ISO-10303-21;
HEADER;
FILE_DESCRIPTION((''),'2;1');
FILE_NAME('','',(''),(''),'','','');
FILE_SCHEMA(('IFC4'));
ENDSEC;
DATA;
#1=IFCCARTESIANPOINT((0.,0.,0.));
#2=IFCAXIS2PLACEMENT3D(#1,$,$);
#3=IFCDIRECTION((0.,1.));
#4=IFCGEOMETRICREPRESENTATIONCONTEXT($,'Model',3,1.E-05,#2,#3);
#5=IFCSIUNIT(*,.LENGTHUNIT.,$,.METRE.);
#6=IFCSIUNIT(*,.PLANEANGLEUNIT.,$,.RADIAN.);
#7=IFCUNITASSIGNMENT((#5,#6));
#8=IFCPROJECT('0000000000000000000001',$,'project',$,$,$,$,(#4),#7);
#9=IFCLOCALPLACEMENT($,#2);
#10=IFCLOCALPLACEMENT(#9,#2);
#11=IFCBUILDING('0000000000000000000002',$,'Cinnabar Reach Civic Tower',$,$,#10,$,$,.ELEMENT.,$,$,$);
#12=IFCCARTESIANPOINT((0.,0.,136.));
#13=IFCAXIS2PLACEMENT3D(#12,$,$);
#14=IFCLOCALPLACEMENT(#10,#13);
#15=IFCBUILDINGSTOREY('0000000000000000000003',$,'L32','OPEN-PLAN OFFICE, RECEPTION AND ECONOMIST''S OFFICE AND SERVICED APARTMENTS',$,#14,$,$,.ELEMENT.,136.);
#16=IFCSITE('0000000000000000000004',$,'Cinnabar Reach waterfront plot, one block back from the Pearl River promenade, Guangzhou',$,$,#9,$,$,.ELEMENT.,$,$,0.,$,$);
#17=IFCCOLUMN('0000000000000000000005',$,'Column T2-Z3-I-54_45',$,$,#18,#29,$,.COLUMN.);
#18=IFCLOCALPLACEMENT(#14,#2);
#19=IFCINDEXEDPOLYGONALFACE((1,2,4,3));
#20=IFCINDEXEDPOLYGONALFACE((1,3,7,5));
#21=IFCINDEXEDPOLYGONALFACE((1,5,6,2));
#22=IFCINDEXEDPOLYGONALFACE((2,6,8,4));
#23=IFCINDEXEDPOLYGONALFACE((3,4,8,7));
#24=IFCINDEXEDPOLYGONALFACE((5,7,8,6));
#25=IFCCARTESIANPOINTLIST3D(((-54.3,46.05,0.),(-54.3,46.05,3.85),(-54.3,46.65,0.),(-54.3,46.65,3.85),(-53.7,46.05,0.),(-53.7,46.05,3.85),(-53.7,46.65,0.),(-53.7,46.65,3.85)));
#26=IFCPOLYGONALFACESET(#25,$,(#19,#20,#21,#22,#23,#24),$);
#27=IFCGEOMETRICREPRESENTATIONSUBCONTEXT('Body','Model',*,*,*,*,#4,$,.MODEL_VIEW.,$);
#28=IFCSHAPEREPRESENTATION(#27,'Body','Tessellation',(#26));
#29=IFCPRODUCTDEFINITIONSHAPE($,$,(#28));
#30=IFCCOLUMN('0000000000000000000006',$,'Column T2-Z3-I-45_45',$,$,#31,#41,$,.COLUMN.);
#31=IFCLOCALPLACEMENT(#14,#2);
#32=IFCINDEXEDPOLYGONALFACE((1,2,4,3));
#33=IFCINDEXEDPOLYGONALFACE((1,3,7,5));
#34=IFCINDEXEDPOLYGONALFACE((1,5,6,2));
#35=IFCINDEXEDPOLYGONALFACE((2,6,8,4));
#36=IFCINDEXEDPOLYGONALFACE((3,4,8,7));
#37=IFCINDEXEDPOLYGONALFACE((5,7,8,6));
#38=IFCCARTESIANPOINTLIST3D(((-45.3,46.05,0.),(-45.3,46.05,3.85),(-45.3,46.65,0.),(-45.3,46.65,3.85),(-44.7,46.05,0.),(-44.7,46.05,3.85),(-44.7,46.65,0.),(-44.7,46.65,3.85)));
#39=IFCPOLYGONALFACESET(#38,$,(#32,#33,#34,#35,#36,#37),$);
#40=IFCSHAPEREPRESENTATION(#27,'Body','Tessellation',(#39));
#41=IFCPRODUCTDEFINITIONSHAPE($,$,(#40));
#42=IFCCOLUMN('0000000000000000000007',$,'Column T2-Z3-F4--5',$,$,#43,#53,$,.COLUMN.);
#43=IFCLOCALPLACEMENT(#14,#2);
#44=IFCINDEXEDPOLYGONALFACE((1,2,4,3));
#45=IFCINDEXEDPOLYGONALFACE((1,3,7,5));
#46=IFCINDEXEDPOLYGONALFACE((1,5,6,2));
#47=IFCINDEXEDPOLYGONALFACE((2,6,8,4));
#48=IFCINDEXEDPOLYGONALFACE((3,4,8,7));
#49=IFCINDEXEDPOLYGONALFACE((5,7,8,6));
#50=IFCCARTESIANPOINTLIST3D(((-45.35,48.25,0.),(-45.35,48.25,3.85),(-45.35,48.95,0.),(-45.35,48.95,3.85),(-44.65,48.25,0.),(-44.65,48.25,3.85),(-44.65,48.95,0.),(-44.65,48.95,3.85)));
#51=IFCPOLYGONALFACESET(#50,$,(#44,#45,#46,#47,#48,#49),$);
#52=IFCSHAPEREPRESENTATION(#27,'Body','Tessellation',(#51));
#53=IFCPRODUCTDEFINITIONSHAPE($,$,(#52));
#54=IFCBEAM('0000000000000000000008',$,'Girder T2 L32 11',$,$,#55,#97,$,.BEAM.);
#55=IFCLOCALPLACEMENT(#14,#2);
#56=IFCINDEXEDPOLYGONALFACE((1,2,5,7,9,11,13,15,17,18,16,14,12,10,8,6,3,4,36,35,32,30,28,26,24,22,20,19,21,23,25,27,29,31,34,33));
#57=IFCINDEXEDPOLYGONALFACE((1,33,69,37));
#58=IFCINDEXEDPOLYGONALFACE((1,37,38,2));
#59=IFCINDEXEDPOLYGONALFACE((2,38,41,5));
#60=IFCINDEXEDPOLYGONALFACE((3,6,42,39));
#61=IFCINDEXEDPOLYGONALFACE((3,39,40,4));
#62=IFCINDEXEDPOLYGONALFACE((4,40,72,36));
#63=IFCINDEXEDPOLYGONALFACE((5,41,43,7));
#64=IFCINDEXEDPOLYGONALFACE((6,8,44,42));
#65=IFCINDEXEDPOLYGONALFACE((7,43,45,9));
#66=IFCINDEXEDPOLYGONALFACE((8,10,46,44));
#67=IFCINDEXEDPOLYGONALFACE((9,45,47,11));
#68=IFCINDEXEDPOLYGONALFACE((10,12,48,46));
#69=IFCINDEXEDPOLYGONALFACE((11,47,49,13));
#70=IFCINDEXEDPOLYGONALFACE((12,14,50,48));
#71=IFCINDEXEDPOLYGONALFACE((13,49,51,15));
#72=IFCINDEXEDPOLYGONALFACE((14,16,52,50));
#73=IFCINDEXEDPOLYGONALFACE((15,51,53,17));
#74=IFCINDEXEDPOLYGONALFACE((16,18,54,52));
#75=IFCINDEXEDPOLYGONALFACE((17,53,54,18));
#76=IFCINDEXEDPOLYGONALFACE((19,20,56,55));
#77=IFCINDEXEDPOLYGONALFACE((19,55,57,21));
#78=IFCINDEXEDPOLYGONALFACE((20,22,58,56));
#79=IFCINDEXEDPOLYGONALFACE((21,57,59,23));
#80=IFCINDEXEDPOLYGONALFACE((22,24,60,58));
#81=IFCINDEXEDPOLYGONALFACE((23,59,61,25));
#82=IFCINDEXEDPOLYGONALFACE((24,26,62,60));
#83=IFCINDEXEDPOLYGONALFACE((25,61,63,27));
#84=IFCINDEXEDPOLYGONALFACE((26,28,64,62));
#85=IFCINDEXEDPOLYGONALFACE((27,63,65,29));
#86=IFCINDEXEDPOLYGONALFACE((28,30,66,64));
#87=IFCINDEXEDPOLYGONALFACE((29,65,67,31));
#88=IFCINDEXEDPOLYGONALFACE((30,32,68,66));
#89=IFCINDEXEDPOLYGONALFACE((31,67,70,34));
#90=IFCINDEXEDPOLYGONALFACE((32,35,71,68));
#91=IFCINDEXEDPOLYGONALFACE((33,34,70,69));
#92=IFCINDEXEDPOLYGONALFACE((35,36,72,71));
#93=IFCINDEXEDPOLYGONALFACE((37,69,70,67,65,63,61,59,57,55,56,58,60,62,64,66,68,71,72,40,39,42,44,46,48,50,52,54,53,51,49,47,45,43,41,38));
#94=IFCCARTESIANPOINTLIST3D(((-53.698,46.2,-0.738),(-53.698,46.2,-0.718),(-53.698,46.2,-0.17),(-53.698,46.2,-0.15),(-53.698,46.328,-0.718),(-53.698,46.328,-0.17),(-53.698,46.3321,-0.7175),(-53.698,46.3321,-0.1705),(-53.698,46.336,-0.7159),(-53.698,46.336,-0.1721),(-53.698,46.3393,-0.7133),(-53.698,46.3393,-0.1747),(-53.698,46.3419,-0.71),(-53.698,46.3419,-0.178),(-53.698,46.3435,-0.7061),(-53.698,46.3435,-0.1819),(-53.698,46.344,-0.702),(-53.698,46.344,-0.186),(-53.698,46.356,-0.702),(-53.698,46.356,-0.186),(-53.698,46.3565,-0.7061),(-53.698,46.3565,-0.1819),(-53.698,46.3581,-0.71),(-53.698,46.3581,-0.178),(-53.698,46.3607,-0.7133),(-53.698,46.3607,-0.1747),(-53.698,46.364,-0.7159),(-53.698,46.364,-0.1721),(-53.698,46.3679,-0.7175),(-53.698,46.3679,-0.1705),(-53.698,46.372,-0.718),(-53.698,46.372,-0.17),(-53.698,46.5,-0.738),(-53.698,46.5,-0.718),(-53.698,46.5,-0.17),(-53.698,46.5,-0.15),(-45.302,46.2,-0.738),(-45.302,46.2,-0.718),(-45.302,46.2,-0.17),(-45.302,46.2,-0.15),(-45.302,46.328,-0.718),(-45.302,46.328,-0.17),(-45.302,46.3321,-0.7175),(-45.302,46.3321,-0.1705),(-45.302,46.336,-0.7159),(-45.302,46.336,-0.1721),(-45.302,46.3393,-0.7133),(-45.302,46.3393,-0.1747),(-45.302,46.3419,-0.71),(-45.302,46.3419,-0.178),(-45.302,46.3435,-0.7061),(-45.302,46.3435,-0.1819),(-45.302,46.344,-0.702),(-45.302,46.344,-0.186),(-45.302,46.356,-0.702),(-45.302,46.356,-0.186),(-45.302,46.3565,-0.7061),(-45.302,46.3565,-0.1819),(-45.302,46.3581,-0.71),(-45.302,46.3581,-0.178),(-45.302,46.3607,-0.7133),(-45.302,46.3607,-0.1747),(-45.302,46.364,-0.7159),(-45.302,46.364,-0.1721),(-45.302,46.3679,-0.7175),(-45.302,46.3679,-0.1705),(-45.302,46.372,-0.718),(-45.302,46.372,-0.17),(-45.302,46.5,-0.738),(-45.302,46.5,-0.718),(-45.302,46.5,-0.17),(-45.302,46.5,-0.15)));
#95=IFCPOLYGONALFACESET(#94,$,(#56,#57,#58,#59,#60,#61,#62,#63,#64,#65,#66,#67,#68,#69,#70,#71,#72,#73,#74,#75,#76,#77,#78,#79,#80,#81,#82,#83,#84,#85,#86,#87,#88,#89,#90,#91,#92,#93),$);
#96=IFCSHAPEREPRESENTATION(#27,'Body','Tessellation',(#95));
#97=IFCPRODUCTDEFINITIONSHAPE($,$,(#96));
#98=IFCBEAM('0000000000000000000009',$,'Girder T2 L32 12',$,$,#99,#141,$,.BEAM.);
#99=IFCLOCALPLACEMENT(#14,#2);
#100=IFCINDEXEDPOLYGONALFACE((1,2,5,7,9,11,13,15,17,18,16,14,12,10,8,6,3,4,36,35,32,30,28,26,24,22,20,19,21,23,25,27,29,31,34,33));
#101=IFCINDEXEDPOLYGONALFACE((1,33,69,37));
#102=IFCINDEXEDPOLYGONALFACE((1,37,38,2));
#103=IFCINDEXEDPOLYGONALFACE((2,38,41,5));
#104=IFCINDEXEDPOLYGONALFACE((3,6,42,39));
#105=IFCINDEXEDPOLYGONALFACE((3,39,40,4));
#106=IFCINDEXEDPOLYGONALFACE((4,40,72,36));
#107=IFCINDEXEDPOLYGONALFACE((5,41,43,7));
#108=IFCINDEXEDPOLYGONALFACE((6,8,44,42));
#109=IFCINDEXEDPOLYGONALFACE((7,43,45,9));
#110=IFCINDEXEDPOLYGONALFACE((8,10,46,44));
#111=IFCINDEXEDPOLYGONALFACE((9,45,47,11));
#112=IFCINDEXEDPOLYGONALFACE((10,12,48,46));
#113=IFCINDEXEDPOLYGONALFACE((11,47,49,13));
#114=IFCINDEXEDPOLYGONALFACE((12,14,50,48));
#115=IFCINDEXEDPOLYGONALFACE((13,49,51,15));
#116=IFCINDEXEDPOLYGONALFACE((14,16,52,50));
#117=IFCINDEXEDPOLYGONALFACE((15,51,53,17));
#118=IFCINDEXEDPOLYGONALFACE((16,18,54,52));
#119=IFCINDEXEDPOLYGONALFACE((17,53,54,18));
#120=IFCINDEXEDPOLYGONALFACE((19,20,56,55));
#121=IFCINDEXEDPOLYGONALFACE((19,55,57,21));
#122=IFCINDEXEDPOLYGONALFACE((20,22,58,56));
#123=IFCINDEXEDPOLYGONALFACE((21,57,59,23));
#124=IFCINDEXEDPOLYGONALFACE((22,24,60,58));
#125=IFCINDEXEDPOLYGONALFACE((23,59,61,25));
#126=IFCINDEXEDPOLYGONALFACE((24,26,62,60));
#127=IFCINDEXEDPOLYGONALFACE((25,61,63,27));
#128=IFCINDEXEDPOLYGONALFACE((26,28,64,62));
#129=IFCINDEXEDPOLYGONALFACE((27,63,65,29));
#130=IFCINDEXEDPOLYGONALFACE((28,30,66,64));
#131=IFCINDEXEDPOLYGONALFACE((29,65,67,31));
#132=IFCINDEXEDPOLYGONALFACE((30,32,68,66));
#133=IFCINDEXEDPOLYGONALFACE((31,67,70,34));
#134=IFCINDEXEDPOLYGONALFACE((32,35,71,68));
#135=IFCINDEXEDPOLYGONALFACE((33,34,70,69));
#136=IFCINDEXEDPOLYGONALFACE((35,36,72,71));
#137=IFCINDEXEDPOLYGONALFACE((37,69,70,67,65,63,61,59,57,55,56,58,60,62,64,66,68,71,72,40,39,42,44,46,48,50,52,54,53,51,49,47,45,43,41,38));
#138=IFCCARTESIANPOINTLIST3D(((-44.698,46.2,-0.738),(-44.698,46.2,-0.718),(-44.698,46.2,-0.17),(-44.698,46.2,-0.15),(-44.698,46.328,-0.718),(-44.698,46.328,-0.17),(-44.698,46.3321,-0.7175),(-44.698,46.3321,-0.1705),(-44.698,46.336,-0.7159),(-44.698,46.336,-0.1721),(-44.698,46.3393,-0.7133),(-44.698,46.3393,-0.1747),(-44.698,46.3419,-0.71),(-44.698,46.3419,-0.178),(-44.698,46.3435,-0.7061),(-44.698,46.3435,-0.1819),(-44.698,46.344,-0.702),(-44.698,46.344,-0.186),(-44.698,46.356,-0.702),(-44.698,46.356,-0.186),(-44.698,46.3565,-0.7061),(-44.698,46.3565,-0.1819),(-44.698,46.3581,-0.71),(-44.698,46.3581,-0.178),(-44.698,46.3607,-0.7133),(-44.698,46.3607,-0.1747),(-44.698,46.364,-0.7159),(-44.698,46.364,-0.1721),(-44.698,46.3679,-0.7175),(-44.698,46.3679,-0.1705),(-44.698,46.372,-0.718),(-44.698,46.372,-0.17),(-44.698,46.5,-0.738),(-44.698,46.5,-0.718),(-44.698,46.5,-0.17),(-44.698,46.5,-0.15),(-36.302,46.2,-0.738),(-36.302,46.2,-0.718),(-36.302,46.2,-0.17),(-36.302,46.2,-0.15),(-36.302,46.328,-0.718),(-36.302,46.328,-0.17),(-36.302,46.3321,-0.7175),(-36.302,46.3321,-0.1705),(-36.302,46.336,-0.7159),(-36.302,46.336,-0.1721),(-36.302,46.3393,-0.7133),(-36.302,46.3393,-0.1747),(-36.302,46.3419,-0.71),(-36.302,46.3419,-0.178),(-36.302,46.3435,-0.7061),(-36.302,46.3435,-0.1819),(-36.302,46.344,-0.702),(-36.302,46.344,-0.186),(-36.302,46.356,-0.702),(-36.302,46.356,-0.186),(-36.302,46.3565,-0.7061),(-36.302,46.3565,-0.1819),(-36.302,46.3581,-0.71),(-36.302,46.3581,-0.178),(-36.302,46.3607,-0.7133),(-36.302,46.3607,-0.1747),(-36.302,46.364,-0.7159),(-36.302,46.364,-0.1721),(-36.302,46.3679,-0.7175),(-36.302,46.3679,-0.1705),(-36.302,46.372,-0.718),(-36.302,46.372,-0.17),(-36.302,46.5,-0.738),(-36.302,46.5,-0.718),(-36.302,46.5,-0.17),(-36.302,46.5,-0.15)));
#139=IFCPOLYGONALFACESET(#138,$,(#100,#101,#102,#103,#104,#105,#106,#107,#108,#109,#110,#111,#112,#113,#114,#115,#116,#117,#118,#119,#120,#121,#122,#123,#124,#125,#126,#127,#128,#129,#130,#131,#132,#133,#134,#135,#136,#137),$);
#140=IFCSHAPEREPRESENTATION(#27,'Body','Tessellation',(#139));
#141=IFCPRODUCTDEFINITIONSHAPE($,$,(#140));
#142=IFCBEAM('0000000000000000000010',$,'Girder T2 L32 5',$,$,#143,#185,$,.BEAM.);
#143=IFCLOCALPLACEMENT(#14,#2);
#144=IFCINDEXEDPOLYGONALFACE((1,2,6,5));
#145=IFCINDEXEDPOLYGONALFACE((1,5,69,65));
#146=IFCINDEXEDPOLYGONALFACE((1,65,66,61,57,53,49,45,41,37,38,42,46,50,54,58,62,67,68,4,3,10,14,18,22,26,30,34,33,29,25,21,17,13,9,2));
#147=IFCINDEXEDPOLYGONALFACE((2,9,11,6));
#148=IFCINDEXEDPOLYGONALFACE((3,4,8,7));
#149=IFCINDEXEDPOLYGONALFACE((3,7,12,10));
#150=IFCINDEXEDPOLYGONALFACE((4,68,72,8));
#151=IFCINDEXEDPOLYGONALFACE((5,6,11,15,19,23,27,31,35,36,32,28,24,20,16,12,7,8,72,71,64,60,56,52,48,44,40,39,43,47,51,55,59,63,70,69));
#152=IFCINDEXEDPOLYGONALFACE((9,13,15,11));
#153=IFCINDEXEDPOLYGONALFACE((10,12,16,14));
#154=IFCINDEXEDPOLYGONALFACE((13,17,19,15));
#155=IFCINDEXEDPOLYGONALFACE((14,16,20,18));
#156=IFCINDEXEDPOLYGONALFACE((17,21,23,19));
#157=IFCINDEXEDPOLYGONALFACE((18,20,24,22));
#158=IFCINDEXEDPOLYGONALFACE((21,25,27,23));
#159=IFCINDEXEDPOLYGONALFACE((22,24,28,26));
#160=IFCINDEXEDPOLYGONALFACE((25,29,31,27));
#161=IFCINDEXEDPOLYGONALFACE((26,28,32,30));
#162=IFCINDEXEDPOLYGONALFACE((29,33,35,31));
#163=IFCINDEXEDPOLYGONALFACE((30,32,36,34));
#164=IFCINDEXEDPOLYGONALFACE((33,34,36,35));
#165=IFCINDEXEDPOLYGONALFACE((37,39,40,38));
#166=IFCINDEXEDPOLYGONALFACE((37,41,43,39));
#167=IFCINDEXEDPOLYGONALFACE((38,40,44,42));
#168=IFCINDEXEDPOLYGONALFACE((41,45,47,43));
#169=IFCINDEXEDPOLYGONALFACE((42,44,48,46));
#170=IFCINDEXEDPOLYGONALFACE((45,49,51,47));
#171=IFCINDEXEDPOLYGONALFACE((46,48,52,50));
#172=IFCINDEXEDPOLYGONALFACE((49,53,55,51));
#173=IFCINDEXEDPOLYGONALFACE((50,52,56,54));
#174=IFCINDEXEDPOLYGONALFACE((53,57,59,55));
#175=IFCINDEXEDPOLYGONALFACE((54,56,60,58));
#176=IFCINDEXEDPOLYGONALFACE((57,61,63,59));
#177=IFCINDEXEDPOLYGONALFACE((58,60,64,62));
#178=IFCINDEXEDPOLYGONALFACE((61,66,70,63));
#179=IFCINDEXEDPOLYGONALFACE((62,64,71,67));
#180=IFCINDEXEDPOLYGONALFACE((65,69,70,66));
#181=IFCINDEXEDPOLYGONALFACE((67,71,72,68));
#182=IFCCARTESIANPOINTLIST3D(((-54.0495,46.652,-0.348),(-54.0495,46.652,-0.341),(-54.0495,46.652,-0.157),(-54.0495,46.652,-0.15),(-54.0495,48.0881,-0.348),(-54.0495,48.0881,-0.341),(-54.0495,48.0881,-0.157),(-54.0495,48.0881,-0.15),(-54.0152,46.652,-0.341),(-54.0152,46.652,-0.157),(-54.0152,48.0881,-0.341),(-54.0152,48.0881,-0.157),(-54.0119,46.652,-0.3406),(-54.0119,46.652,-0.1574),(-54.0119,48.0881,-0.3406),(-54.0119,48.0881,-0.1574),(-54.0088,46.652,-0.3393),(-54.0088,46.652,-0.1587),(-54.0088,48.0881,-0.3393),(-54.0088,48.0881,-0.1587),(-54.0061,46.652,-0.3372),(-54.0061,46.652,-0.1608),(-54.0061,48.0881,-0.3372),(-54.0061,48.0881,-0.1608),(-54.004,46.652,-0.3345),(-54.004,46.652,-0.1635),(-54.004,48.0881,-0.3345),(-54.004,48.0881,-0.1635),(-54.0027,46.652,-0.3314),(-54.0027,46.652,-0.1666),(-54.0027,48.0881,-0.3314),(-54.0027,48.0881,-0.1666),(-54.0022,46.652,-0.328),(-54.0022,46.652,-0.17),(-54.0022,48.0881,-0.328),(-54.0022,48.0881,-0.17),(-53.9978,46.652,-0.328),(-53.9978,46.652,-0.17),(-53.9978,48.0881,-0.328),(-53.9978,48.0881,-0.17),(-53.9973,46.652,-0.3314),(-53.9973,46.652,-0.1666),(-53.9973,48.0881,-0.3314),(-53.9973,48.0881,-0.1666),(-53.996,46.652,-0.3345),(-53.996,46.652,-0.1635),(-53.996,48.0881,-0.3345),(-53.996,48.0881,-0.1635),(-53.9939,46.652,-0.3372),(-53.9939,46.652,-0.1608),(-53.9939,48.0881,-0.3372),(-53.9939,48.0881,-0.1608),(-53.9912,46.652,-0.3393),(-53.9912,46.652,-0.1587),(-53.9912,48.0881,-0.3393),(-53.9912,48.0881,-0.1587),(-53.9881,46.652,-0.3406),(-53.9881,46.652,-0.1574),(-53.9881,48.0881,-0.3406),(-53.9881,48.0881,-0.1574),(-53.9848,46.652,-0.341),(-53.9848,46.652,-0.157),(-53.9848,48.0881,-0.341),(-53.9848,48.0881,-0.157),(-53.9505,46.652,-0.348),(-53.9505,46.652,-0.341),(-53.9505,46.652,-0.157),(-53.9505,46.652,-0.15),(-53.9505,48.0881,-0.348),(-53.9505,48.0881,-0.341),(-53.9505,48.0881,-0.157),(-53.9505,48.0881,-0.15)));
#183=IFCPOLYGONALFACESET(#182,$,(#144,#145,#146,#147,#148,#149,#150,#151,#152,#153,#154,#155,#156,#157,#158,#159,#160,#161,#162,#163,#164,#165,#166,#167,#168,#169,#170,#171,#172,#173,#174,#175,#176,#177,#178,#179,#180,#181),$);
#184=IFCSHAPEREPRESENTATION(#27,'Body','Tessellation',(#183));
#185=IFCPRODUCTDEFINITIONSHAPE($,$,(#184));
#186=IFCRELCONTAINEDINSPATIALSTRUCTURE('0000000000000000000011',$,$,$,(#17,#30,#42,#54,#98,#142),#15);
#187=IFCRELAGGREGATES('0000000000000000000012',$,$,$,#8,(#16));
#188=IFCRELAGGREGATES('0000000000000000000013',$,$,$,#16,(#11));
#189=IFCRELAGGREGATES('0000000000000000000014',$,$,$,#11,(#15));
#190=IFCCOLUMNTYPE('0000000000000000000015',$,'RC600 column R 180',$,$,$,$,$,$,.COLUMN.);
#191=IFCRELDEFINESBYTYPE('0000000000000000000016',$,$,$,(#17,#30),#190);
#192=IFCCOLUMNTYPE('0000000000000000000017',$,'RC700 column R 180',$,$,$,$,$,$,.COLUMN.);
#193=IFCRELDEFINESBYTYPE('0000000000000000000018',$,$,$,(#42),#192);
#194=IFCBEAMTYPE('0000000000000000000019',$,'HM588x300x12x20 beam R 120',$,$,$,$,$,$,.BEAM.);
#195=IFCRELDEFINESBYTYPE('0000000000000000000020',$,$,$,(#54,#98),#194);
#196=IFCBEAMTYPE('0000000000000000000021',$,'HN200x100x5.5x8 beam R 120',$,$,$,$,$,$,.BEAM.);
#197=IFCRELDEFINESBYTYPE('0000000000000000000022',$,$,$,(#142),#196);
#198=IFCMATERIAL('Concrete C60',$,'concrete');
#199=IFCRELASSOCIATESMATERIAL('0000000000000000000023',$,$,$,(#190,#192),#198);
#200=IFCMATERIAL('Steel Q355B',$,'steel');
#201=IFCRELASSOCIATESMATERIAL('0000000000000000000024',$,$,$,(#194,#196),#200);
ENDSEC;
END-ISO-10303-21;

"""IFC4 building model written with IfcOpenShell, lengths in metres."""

from ifc_helpers import new_model, si_unit, direction, frame, origin, origin_2d, place, context, subcontext, project, spatial, rectangle, i_section, extrude, material, material_profile, profile_set, type_object, element, save


model = new_model("IFC4")

# Units and contexts
model_context = context("Model", 3, precision=1e-05, world=origin(), true_north=direction((0.0, 1.0)))
body_context = subcontext(model_context, "Body", "Model", "MODEL_VIEW")
ifc_project = project(units=[si_unit("LENGTHUNIT", "METRE"), si_unit("PLANEANGLEUNIT", "RADIAN")], contexts=[model_context])

# Site, building, storey
site_placement = place(None, origin())
site = spatial("IfcSite", under=ifc_project, at=site_placement, Name="Cinnabar Reach waterfront plot, one block back from the Pearl River promenade, Guangzhou", CompositionType="ELEMENT", RefElevation=0.0)
building_placement = place(site_placement, origin())
building = spatial("IfcBuilding", under=site, at=building_placement, Name="Cinnabar Reach Civic Tower", CompositionType="ELEMENT")
storey_placement = place(building_placement, frame((0.0, 0.0, 136.0)))
storey = spatial("IfcBuildingStorey", under=building, at=storey_placement, Name="L32", Description="OPEN-PLAN OFFICE, RECEPTION AND ECONOMIST'S OFFICE AND SERVICED APARTMENTS", CompositionType="ELEMENT", Elevation=136.0)

# Columns
ifc_material_1 = material(Name="Concrete C60", Category="concrete")
ifc_material_profile_1 = material_profile(ifc_material_1, rectangle(XDim=0.6, YDim=0.6, at=origin_2d()), Name="RC600")
ifc_profile_set_1 = profile_set([ifc_material_profile_1], Name="Concrete C60")
column_type_1 = type_object("IfcColumnType", Name="RC600 column R 180", PredefinedType="COLUMN", material=ifc_profile_set_1)
for number, where, z_axis, x_axis, name in (
    (1, (-54.0, 46.35, 0.0), (0.0, 0.0, 1.0), (1.0, 0.0, 0.0), "Column T2-Z3-I-54_45"),
    (2, (-45.0, 46.35, 0.0), (0.0, 0.0, 1.0), (1.0, 0.0, 0.0), "Column T2-Z3-I-45_45"),
):
    element("IfcColumn", number, at=place(storey_placement, frame(where, z_axis=z_axis, x_axis=x_axis)), inside=storey, type_object=column_type_1, Name=name, PredefinedType="COLUMN", context=body_context, shape_type="SweptSolid", body=[
        extrude(rectangle(XDim=0.6, YDim=0.6, at=origin_2d()), origin(), (0.0, 0.0, 1.0), 3.85),
    ])
ifc_material_profile_2 = material_profile(ifc_material_1, rectangle(XDim=0.7, YDim=0.7, at=origin_2d()), Name="RC700")
ifc_profile_set_2 = profile_set([ifc_material_profile_2], Name="Concrete C60")
column_type_2 = type_object("IfcColumnType", Name="RC700 column R 180", PredefinedType="COLUMN", material=ifc_profile_set_2)
column_placement = place(storey_placement, frame((-45.0, 48.6, 0.0), z_axis=(0.0, 0.0, 1.0), x_axis=(1.0, 0.0, 0.0)))
element("IfcColumn", 3, at=column_placement, inside=storey, type_object=column_type_2, Name="Column T2-Z3-F4--5", PredefinedType="COLUMN", context=body_context, shape_type="SweptSolid", body=[
    extrude(rectangle(XDim=0.7, YDim=0.7, at=origin_2d()), origin(), (0.0, 0.0, 1.0), 3.85),
])

# Beams
ifc_material_2 = material(Name="Steel Q355B", Category="steel")
ifc_material_profile_3 = material_profile(ifc_material_2, i_section(OverallWidth=0.3, OverallDepth=0.588, WebThickness=0.012, FlangeThickness=0.02, FilletRadius=0.016, at=origin_2d()), Name="HM588x300x12x20")
ifc_profile_set_3 = profile_set([ifc_material_profile_3], Name="Steel Q355B")
beam_type_1 = type_object("IfcBeamType", Name="HM588x300x12x20 beam R 120", PredefinedType="BEAM", material=ifc_profile_set_3)
for number, where, z_axis, x_axis, name in (
    (4, (-53.698, 46.35, -0.444), (1.0, 0.0, 0.0), (0.0, 1.0, 0.0), "Girder T2 L32 11"),
    (5, (-44.698, 46.35, -0.444), (1.0, 0.0, 0.0), (0.0, 1.0, 0.0), "Girder T2 L32 12"),
):
    element("IfcBeam", number, at=place(storey_placement, frame(where, z_axis=z_axis, x_axis=x_axis)), inside=storey, type_object=beam_type_1, Name=name, PredefinedType="BEAM", context=body_context, shape_type="SweptSolid", body=[
        extrude(i_section(OverallWidth=0.3, OverallDepth=0.588, WebThickness=0.012, FlangeThickness=0.02, FilletRadius=0.016, at=origin_2d()), origin(), (0.0, 0.0, 1.0), 8.396),
    ])
ifc_material_profile_4 = material_profile(ifc_material_2, i_section(OverallWidth=0.099, OverallDepth=0.198, WebThickness=0.0045, FlangeThickness=0.007, FilletRadius=0.013, at=origin_2d()), Name="HN200x100x5.5x8")
ifc_profile_set_4 = profile_set([ifc_material_profile_4], Name="Steel Q355B")
beam_type_2 = type_object("IfcBeamType", Name="HN200x100x5.5x8 beam R 120", PredefinedType="BEAM", material=ifc_profile_set_4)
beam_1_placement = place(storey_placement, frame((-54.0, 46.652, -0.249), z_axis=(0.0, 1.0, 0.0), x_axis=(-1.0, 0.0, 0.0)))
element("IfcBeam", 6, at=beam_1_placement, inside=storey, type_object=beam_type_2, Name="Girder T2 L32 5", PredefinedType="BEAM", context=body_context, shape_type="SweptSolid", body=[
    extrude(i_section(OverallWidth=0.099, OverallDepth=0.198, WebThickness=0.0045, FlangeThickness=0.007, FilletRadius=0.013, at=origin_2d()), origin(), (0.0, 0.0, 1.0), 1.4361),
])

save(model, "model.ifc")
